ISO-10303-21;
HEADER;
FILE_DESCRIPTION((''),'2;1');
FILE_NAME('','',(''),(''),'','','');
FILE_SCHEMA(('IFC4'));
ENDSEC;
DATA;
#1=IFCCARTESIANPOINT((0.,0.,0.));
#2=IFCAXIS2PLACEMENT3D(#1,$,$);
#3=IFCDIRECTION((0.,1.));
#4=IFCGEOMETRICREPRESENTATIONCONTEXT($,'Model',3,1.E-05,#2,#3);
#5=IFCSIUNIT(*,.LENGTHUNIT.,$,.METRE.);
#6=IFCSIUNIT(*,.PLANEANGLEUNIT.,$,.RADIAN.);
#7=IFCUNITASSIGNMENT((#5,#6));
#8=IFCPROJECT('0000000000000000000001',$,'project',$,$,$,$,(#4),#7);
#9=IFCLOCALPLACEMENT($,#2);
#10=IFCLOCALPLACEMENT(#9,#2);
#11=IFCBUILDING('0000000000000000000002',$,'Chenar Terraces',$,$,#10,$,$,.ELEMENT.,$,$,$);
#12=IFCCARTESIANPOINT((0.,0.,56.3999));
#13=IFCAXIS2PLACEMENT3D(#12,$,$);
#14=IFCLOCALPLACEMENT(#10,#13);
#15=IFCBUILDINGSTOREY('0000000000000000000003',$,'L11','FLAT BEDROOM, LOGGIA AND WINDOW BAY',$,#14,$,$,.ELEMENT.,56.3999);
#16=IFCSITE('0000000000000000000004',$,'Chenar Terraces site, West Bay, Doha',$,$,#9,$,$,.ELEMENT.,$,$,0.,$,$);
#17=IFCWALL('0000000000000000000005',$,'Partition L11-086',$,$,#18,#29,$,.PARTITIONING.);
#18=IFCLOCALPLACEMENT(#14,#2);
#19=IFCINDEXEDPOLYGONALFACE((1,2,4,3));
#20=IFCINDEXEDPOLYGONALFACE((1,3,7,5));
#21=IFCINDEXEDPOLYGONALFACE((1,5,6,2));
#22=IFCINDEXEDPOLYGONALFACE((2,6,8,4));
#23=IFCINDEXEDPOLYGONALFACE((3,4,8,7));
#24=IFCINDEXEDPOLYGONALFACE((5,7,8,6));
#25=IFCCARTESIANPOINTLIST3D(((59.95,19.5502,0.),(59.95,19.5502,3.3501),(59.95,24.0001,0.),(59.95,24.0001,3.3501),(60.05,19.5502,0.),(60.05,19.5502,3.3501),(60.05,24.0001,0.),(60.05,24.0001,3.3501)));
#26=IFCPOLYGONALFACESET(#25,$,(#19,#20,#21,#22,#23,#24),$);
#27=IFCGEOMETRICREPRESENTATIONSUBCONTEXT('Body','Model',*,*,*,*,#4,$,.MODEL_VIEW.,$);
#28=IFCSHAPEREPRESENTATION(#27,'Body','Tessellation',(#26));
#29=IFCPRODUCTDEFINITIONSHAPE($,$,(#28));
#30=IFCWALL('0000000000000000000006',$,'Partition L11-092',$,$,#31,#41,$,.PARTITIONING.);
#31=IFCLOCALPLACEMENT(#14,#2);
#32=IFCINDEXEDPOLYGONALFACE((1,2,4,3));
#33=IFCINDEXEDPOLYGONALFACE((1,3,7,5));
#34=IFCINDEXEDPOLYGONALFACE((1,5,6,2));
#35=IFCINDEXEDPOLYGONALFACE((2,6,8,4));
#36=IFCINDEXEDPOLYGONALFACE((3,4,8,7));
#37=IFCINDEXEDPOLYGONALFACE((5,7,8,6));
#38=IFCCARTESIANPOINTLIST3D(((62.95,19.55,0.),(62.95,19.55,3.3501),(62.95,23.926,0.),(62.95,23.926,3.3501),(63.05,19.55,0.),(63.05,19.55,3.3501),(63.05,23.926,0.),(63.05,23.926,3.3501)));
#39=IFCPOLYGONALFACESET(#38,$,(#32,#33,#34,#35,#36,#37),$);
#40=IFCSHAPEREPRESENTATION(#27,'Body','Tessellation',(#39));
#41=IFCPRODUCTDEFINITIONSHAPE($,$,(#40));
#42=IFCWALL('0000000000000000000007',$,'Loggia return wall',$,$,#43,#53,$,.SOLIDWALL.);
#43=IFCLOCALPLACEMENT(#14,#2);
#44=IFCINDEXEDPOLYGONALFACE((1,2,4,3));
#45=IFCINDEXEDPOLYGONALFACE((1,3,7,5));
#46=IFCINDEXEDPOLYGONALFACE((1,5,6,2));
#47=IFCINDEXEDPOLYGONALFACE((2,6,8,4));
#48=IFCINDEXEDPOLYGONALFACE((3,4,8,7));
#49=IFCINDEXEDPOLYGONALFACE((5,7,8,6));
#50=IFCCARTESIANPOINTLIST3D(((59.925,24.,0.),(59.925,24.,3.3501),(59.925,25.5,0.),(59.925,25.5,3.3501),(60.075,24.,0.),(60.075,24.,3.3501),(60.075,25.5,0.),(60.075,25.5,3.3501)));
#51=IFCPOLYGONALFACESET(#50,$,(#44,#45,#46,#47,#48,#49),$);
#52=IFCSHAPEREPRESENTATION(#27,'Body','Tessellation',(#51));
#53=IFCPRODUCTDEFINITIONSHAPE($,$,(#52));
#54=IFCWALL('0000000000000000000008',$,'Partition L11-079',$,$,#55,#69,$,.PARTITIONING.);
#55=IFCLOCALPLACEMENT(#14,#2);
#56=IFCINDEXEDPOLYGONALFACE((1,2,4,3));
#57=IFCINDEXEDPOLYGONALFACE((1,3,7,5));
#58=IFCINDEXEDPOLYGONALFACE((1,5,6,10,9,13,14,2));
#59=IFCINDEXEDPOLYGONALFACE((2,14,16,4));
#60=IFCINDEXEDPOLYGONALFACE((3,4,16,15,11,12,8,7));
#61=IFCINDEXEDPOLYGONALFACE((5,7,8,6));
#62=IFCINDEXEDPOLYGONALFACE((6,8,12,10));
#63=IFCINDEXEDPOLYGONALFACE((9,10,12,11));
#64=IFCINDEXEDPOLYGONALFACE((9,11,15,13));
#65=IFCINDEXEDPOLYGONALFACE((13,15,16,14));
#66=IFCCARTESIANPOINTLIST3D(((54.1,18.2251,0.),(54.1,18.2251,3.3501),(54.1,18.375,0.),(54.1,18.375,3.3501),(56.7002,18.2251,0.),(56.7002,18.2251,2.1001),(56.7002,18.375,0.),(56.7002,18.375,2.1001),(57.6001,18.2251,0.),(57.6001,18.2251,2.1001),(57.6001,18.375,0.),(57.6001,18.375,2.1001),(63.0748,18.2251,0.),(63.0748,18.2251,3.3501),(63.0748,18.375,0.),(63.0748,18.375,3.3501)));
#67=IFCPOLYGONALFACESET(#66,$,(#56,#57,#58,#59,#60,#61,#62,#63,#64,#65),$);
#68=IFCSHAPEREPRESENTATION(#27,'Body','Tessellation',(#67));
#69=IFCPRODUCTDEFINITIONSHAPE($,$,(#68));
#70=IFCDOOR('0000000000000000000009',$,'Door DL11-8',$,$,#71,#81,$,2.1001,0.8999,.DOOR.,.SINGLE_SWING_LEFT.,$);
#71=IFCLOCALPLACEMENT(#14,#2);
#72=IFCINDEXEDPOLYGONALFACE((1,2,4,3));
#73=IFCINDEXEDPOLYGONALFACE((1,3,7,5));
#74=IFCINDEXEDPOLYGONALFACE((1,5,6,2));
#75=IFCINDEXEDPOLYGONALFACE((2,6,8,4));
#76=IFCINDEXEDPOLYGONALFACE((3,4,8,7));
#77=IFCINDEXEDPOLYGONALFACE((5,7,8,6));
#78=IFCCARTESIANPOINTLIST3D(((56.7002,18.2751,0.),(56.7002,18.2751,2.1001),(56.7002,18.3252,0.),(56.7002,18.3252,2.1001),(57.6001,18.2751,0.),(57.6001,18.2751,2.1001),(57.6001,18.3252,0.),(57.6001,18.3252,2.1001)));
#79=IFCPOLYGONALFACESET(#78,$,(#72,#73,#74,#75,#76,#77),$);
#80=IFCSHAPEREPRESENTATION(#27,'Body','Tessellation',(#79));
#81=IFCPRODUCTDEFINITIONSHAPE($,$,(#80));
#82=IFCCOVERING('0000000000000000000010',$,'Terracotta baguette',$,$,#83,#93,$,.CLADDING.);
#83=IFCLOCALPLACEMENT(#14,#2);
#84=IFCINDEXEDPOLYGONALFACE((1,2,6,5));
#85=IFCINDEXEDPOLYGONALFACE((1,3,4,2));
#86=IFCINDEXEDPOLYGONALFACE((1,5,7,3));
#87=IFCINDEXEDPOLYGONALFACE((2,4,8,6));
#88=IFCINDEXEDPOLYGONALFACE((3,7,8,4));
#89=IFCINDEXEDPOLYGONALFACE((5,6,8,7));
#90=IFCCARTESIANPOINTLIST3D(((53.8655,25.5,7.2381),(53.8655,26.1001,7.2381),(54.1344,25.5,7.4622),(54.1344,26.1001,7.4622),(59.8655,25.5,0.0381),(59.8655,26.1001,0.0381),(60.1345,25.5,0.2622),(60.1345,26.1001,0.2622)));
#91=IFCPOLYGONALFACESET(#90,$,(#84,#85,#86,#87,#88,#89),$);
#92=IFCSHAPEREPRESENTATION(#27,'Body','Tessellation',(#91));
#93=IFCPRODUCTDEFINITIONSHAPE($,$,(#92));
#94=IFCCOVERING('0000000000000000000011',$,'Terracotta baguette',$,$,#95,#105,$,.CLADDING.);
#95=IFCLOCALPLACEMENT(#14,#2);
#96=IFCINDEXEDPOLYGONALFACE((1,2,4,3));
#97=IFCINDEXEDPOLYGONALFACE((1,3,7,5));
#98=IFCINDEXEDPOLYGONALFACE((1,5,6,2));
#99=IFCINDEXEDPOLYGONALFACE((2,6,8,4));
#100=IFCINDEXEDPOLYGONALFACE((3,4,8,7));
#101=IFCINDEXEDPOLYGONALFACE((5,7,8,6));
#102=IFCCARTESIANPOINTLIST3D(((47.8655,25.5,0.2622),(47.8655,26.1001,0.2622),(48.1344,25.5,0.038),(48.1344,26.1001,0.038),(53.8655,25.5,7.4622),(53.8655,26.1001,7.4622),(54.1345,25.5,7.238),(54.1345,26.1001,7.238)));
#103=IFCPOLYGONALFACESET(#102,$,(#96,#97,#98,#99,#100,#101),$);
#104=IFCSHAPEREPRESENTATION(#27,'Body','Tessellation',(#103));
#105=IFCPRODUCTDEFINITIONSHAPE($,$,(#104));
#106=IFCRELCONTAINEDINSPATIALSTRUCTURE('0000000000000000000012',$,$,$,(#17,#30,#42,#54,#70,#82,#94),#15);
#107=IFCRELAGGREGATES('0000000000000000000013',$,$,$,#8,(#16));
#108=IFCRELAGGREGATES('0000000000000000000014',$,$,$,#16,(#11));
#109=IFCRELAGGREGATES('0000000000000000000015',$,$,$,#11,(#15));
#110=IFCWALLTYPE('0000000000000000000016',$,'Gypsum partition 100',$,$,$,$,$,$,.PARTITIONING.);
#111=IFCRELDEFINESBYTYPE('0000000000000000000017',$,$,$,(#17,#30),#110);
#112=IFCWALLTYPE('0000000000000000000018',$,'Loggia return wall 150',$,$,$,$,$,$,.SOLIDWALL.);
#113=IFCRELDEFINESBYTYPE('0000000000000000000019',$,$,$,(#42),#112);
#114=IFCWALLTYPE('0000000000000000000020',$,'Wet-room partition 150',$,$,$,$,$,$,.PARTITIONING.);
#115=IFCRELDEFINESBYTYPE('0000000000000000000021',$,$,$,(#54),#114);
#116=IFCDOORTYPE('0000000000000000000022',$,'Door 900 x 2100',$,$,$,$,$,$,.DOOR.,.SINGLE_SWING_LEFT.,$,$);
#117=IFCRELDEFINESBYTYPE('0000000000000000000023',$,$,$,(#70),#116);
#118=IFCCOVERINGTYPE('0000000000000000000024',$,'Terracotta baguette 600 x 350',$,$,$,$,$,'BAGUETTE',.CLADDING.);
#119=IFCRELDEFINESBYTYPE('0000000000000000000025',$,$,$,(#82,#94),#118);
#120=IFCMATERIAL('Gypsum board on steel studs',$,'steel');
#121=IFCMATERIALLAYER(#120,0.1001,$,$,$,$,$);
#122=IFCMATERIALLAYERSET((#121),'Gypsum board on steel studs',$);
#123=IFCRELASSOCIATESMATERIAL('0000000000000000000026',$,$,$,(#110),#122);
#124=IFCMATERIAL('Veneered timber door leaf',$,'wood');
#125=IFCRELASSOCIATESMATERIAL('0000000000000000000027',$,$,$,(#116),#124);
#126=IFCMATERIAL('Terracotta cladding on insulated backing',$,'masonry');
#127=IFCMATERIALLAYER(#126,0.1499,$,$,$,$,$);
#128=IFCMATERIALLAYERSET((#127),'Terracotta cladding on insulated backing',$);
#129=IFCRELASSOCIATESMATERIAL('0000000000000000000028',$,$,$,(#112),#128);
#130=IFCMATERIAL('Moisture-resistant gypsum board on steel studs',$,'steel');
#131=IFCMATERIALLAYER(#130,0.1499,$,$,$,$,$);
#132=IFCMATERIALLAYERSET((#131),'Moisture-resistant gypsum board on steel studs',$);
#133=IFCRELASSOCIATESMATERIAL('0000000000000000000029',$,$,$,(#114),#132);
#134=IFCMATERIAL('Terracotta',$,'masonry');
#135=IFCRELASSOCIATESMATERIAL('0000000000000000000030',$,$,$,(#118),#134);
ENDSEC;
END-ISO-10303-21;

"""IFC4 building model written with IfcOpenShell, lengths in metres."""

from ifc_helpers import new_model, si_unit, direction, frame, frame_2d, origin, origin_2d, place, context, subcontext, project, spatial, rectangle, extrude, material, layer, layer_set, material_profile, profile_set, type_object, element, fill, save


model = new_model("IFC4")

# Units and contexts
model_context = context("Model", 3, precision=1e-05, world=origin(), true_north=direction((0.0, 1.0)))
body_context = subcontext(model_context, "Body", "Model", "MODEL_VIEW")
ifc_project = project(units=[si_unit("LENGTHUNIT", "METRE"), si_unit("PLANEANGLEUNIT", "RADIAN")], contexts=[model_context])

# Site, building, storey
site_placement = place(None, origin())
site = spatial("IfcSite", under=ifc_project, at=site_placement, Name="Chenar Terraces site, West Bay, Doha", CompositionType="ELEMENT", RefElevation=0.0)
building_placement = place(site_placement, origin())
building = spatial("IfcBuilding", under=site, at=building_placement, Name="Chenar Terraces", CompositionType="ELEMENT")
storey_placement = place(building_placement, frame((0.0, 0.0, 56.3999)))
storey = spatial("IfcBuildingStorey", under=building, at=storey_placement, Name="L11", Description="FLAT BEDROOM, LOGGIA AND WINDOW BAY", CompositionType="ELEMENT", Elevation=56.3999)

# Shared definitions
ifc_material_1 = material(Name="Gypsum board on steel studs", Category="steel")
ifc_layer_1 = layer(ifc_material_1, 0.1001)
ifc_layer_set_1 = layer_set([ifc_layer_1], Name="Gypsum board on steel studs")
wall_type_1 = type_object("IfcWallType", Name="Gypsum partition 100", PredefinedType="PARTITIONING", material=ifc_layer_set_1)
ifc_material_2 = material(Name="Veneered timber door leaf", Category="wood")
door_type = type_object("IfcDoorType", Name="Door 900 x 2100", OperationType="SINGLE_SWING_LEFT", PredefinedType="DOOR", material=ifc_material_2)

# Walls
wall_1_placement = place(storey_placement, frame((60.0, 19.55, 0.0), z_axis=(0.0, 0.0, 1.0), x_axis=(0.0, 1.0, 0.0)))
element("IfcWall", 1, at=wall_1_placement, inside=storey, type_object=wall_type_1, Name="Partition L11-086", PredefinedType="PARTITIONING", context=body_context, shape_type="SweptSolid", body=[
    extrude(rectangle(XDim=4.45, YDim=0.1001, at=frame_2d((2.2251, 0.0))), origin(), (0.0, 0.0, 1.0), 3.3501),
])
wall_2_placement = place(storey_placement, frame((63.0, 19.55, 0.0), z_axis=(0.0, 0.0, 1.0), x_axis=(0.0, 1.0, 0.0)))
element("IfcWall", 2, at=wall_2_placement, inside=storey, type_object=wall_type_1, Name="Partition L11-092", PredefinedType="PARTITIONING", context=body_context, shape_type="SweptSolid", body=[
    extrude(rectangle(XDim=4.376, YDim=0.1001, at=frame_2d((2.188, 0.0))), origin(), (0.0, 0.0, 1.0), 3.3501),
])
ifc_material_3 = material(Name="Terracotta cladding on insulated backing", Category="masonry")
ifc_layer_2 = layer(ifc_material_3, 0.1499)
ifc_layer_set_2 = layer_set([ifc_layer_2], Name="Terracotta cladding on insulated backing")
wall_type_2 = type_object("IfcWallType", Name="Loggia return wall 150", PredefinedType="SOLIDWALL", material=ifc_layer_set_2)
wall_3_placement = place(storey_placement, frame((60.0, 25.5, 0.0), z_axis=(0.0, 0.0, 1.0), x_axis=(0.0, -1.0, 0.0)))
element("IfcWall", 3, at=wall_3_placement, inside=storey, type_object=wall_type_2, Name="Loggia return wall", PredefinedType="SOLIDWALL", context=body_context, shape_type="SweptSolid", body=[
    extrude(rectangle(XDim=1.5, YDim=0.1499, at=frame_2d((0.75, 0.0))), origin(), (0.0, 0.0, 1.0), 3.3501),
])

# Wall, opening, door
ifc_material_4 = material(Name="Moisture-resistant gypsum board on steel studs", Category="steel")
ifc_layer_3 = layer(ifc_material_4, 0.1499)
ifc_layer_set_3 = layer_set([ifc_layer_3], Name="Moisture-resistant gypsum board on steel studs")
wall_type_3 = type_object("IfcWallType", Name="Wet-room partition 150", PredefinedType="PARTITIONING", material=ifc_layer_set_3)
wall_4_placement = place(storey_placement, frame((54.1001, 18.3, 0.0), z_axis=(0.0, 0.0, 1.0), x_axis=(1.0, 0.0, 0.0)))
wall_4 = element("IfcWall", 4, at=wall_4_placement, inside=storey, type_object=wall_type_3, Name="Partition L11-079", PredefinedType="PARTITIONING", context=body_context, shape_type="SweptSolid", body=[
    extrude(rectangle(XDim=8.9749, YDim=0.1499, at=frame_2d((4.4873, 0.0))), origin(), (0.0, 0.0, 1.0), 3.3501),
])
opening_1_placement = place(wall_4_placement, frame((2.6001, 0.0, 0.0)))
opening_1 = element("IfcOpeningElement", 5, at=opening_1_placement, cuts=wall_4, PredefinedType="OPENING", context=body_context, shape_type="SweptSolid", body=[
    extrude(rectangle(XDim=0.8999, YDim=2.1001, at=frame_2d((0.45, 1.05))), frame((0.0, 0.085, 0.0), z_axis=(0.0, -1.0, 0.0), x_axis=(1.0, 0.0, 0.0)), (0.0, 0.0, 1.0), 0.1699),
])
door_1_placement = place(opening_1_placement, frame((0.8999, 0.0, 0.0), z_axis=(0.0, 0.0, 1.0), x_axis=(-1.0, 0.0, 0.0)))
door_1 = element("IfcDoor", 6, at=door_1_placement, inside=storey, type_object=door_type, Name="Door DL11-8", OperationType="SINGLE_SWING_LEFT", OverallHeight=2.1001, OverallWidth=0.8999, PredefinedType="DOOR", context=body_context, shape_type="SweptSolid", body=[
    extrude(rectangle(XDim=0.8999, YDim=2.1001, at=frame_2d((0.45, 1.05))), frame((0.0, 0.0249, 0.0), z_axis=(0.0, -1.0, 0.0), x_axis=(1.0, 0.0, 0.0)), (0.0, 0.0, 1.0), 0.05),
])
fill(opening_1, door_1)

# Coverings
ifc_material_5 = material(Name="Terracotta", Category="masonry")
ifc_material_profile_1 = material_profile(ifc_material_5, rectangle(XDim=0.6001, YDim=0.3501, at=origin_2d()), Name="Terracotta baguette 600 x 350")
ifc_profile_set_1 = profile_set([ifc_material_profile_1], Name="Terracotta")
covering_type = type_object("IfcCoveringType", Name="Terracotta baguette 600 x 350", ElementType="BAGUETTE", PredefinedType="CLADDING", material=ifc_profile_set_1)
for number, where, z_axis, x_axis, name in (
    (7, (60.0, 25.8, 0.1501), (-0.640187, 0.0, 0.768219), (0.0, -1.0, 0.0), "Terracotta baguette"),
    (8, (54.0, 25.8, 7.3501), (-0.640187, 0.0, -0.768219), (0.0, -1.0, 0.0), "Terracotta baguette"),
):
    element("IfcCovering", number, at=place(storey_placement, frame(where, z_axis=z_axis, x_axis=x_axis)), inside=storey, type_object=covering_type, Name=name, PredefinedType="CLADDING", context=body_context, shape_type="SweptSolid", body=[
        extrude(rectangle(XDim=0.6001, YDim=0.3501, at=origin_2d()), origin(), (0.0, 0.0, 1.0), 9.3723),
    ])

save(model, "model.ifc")
